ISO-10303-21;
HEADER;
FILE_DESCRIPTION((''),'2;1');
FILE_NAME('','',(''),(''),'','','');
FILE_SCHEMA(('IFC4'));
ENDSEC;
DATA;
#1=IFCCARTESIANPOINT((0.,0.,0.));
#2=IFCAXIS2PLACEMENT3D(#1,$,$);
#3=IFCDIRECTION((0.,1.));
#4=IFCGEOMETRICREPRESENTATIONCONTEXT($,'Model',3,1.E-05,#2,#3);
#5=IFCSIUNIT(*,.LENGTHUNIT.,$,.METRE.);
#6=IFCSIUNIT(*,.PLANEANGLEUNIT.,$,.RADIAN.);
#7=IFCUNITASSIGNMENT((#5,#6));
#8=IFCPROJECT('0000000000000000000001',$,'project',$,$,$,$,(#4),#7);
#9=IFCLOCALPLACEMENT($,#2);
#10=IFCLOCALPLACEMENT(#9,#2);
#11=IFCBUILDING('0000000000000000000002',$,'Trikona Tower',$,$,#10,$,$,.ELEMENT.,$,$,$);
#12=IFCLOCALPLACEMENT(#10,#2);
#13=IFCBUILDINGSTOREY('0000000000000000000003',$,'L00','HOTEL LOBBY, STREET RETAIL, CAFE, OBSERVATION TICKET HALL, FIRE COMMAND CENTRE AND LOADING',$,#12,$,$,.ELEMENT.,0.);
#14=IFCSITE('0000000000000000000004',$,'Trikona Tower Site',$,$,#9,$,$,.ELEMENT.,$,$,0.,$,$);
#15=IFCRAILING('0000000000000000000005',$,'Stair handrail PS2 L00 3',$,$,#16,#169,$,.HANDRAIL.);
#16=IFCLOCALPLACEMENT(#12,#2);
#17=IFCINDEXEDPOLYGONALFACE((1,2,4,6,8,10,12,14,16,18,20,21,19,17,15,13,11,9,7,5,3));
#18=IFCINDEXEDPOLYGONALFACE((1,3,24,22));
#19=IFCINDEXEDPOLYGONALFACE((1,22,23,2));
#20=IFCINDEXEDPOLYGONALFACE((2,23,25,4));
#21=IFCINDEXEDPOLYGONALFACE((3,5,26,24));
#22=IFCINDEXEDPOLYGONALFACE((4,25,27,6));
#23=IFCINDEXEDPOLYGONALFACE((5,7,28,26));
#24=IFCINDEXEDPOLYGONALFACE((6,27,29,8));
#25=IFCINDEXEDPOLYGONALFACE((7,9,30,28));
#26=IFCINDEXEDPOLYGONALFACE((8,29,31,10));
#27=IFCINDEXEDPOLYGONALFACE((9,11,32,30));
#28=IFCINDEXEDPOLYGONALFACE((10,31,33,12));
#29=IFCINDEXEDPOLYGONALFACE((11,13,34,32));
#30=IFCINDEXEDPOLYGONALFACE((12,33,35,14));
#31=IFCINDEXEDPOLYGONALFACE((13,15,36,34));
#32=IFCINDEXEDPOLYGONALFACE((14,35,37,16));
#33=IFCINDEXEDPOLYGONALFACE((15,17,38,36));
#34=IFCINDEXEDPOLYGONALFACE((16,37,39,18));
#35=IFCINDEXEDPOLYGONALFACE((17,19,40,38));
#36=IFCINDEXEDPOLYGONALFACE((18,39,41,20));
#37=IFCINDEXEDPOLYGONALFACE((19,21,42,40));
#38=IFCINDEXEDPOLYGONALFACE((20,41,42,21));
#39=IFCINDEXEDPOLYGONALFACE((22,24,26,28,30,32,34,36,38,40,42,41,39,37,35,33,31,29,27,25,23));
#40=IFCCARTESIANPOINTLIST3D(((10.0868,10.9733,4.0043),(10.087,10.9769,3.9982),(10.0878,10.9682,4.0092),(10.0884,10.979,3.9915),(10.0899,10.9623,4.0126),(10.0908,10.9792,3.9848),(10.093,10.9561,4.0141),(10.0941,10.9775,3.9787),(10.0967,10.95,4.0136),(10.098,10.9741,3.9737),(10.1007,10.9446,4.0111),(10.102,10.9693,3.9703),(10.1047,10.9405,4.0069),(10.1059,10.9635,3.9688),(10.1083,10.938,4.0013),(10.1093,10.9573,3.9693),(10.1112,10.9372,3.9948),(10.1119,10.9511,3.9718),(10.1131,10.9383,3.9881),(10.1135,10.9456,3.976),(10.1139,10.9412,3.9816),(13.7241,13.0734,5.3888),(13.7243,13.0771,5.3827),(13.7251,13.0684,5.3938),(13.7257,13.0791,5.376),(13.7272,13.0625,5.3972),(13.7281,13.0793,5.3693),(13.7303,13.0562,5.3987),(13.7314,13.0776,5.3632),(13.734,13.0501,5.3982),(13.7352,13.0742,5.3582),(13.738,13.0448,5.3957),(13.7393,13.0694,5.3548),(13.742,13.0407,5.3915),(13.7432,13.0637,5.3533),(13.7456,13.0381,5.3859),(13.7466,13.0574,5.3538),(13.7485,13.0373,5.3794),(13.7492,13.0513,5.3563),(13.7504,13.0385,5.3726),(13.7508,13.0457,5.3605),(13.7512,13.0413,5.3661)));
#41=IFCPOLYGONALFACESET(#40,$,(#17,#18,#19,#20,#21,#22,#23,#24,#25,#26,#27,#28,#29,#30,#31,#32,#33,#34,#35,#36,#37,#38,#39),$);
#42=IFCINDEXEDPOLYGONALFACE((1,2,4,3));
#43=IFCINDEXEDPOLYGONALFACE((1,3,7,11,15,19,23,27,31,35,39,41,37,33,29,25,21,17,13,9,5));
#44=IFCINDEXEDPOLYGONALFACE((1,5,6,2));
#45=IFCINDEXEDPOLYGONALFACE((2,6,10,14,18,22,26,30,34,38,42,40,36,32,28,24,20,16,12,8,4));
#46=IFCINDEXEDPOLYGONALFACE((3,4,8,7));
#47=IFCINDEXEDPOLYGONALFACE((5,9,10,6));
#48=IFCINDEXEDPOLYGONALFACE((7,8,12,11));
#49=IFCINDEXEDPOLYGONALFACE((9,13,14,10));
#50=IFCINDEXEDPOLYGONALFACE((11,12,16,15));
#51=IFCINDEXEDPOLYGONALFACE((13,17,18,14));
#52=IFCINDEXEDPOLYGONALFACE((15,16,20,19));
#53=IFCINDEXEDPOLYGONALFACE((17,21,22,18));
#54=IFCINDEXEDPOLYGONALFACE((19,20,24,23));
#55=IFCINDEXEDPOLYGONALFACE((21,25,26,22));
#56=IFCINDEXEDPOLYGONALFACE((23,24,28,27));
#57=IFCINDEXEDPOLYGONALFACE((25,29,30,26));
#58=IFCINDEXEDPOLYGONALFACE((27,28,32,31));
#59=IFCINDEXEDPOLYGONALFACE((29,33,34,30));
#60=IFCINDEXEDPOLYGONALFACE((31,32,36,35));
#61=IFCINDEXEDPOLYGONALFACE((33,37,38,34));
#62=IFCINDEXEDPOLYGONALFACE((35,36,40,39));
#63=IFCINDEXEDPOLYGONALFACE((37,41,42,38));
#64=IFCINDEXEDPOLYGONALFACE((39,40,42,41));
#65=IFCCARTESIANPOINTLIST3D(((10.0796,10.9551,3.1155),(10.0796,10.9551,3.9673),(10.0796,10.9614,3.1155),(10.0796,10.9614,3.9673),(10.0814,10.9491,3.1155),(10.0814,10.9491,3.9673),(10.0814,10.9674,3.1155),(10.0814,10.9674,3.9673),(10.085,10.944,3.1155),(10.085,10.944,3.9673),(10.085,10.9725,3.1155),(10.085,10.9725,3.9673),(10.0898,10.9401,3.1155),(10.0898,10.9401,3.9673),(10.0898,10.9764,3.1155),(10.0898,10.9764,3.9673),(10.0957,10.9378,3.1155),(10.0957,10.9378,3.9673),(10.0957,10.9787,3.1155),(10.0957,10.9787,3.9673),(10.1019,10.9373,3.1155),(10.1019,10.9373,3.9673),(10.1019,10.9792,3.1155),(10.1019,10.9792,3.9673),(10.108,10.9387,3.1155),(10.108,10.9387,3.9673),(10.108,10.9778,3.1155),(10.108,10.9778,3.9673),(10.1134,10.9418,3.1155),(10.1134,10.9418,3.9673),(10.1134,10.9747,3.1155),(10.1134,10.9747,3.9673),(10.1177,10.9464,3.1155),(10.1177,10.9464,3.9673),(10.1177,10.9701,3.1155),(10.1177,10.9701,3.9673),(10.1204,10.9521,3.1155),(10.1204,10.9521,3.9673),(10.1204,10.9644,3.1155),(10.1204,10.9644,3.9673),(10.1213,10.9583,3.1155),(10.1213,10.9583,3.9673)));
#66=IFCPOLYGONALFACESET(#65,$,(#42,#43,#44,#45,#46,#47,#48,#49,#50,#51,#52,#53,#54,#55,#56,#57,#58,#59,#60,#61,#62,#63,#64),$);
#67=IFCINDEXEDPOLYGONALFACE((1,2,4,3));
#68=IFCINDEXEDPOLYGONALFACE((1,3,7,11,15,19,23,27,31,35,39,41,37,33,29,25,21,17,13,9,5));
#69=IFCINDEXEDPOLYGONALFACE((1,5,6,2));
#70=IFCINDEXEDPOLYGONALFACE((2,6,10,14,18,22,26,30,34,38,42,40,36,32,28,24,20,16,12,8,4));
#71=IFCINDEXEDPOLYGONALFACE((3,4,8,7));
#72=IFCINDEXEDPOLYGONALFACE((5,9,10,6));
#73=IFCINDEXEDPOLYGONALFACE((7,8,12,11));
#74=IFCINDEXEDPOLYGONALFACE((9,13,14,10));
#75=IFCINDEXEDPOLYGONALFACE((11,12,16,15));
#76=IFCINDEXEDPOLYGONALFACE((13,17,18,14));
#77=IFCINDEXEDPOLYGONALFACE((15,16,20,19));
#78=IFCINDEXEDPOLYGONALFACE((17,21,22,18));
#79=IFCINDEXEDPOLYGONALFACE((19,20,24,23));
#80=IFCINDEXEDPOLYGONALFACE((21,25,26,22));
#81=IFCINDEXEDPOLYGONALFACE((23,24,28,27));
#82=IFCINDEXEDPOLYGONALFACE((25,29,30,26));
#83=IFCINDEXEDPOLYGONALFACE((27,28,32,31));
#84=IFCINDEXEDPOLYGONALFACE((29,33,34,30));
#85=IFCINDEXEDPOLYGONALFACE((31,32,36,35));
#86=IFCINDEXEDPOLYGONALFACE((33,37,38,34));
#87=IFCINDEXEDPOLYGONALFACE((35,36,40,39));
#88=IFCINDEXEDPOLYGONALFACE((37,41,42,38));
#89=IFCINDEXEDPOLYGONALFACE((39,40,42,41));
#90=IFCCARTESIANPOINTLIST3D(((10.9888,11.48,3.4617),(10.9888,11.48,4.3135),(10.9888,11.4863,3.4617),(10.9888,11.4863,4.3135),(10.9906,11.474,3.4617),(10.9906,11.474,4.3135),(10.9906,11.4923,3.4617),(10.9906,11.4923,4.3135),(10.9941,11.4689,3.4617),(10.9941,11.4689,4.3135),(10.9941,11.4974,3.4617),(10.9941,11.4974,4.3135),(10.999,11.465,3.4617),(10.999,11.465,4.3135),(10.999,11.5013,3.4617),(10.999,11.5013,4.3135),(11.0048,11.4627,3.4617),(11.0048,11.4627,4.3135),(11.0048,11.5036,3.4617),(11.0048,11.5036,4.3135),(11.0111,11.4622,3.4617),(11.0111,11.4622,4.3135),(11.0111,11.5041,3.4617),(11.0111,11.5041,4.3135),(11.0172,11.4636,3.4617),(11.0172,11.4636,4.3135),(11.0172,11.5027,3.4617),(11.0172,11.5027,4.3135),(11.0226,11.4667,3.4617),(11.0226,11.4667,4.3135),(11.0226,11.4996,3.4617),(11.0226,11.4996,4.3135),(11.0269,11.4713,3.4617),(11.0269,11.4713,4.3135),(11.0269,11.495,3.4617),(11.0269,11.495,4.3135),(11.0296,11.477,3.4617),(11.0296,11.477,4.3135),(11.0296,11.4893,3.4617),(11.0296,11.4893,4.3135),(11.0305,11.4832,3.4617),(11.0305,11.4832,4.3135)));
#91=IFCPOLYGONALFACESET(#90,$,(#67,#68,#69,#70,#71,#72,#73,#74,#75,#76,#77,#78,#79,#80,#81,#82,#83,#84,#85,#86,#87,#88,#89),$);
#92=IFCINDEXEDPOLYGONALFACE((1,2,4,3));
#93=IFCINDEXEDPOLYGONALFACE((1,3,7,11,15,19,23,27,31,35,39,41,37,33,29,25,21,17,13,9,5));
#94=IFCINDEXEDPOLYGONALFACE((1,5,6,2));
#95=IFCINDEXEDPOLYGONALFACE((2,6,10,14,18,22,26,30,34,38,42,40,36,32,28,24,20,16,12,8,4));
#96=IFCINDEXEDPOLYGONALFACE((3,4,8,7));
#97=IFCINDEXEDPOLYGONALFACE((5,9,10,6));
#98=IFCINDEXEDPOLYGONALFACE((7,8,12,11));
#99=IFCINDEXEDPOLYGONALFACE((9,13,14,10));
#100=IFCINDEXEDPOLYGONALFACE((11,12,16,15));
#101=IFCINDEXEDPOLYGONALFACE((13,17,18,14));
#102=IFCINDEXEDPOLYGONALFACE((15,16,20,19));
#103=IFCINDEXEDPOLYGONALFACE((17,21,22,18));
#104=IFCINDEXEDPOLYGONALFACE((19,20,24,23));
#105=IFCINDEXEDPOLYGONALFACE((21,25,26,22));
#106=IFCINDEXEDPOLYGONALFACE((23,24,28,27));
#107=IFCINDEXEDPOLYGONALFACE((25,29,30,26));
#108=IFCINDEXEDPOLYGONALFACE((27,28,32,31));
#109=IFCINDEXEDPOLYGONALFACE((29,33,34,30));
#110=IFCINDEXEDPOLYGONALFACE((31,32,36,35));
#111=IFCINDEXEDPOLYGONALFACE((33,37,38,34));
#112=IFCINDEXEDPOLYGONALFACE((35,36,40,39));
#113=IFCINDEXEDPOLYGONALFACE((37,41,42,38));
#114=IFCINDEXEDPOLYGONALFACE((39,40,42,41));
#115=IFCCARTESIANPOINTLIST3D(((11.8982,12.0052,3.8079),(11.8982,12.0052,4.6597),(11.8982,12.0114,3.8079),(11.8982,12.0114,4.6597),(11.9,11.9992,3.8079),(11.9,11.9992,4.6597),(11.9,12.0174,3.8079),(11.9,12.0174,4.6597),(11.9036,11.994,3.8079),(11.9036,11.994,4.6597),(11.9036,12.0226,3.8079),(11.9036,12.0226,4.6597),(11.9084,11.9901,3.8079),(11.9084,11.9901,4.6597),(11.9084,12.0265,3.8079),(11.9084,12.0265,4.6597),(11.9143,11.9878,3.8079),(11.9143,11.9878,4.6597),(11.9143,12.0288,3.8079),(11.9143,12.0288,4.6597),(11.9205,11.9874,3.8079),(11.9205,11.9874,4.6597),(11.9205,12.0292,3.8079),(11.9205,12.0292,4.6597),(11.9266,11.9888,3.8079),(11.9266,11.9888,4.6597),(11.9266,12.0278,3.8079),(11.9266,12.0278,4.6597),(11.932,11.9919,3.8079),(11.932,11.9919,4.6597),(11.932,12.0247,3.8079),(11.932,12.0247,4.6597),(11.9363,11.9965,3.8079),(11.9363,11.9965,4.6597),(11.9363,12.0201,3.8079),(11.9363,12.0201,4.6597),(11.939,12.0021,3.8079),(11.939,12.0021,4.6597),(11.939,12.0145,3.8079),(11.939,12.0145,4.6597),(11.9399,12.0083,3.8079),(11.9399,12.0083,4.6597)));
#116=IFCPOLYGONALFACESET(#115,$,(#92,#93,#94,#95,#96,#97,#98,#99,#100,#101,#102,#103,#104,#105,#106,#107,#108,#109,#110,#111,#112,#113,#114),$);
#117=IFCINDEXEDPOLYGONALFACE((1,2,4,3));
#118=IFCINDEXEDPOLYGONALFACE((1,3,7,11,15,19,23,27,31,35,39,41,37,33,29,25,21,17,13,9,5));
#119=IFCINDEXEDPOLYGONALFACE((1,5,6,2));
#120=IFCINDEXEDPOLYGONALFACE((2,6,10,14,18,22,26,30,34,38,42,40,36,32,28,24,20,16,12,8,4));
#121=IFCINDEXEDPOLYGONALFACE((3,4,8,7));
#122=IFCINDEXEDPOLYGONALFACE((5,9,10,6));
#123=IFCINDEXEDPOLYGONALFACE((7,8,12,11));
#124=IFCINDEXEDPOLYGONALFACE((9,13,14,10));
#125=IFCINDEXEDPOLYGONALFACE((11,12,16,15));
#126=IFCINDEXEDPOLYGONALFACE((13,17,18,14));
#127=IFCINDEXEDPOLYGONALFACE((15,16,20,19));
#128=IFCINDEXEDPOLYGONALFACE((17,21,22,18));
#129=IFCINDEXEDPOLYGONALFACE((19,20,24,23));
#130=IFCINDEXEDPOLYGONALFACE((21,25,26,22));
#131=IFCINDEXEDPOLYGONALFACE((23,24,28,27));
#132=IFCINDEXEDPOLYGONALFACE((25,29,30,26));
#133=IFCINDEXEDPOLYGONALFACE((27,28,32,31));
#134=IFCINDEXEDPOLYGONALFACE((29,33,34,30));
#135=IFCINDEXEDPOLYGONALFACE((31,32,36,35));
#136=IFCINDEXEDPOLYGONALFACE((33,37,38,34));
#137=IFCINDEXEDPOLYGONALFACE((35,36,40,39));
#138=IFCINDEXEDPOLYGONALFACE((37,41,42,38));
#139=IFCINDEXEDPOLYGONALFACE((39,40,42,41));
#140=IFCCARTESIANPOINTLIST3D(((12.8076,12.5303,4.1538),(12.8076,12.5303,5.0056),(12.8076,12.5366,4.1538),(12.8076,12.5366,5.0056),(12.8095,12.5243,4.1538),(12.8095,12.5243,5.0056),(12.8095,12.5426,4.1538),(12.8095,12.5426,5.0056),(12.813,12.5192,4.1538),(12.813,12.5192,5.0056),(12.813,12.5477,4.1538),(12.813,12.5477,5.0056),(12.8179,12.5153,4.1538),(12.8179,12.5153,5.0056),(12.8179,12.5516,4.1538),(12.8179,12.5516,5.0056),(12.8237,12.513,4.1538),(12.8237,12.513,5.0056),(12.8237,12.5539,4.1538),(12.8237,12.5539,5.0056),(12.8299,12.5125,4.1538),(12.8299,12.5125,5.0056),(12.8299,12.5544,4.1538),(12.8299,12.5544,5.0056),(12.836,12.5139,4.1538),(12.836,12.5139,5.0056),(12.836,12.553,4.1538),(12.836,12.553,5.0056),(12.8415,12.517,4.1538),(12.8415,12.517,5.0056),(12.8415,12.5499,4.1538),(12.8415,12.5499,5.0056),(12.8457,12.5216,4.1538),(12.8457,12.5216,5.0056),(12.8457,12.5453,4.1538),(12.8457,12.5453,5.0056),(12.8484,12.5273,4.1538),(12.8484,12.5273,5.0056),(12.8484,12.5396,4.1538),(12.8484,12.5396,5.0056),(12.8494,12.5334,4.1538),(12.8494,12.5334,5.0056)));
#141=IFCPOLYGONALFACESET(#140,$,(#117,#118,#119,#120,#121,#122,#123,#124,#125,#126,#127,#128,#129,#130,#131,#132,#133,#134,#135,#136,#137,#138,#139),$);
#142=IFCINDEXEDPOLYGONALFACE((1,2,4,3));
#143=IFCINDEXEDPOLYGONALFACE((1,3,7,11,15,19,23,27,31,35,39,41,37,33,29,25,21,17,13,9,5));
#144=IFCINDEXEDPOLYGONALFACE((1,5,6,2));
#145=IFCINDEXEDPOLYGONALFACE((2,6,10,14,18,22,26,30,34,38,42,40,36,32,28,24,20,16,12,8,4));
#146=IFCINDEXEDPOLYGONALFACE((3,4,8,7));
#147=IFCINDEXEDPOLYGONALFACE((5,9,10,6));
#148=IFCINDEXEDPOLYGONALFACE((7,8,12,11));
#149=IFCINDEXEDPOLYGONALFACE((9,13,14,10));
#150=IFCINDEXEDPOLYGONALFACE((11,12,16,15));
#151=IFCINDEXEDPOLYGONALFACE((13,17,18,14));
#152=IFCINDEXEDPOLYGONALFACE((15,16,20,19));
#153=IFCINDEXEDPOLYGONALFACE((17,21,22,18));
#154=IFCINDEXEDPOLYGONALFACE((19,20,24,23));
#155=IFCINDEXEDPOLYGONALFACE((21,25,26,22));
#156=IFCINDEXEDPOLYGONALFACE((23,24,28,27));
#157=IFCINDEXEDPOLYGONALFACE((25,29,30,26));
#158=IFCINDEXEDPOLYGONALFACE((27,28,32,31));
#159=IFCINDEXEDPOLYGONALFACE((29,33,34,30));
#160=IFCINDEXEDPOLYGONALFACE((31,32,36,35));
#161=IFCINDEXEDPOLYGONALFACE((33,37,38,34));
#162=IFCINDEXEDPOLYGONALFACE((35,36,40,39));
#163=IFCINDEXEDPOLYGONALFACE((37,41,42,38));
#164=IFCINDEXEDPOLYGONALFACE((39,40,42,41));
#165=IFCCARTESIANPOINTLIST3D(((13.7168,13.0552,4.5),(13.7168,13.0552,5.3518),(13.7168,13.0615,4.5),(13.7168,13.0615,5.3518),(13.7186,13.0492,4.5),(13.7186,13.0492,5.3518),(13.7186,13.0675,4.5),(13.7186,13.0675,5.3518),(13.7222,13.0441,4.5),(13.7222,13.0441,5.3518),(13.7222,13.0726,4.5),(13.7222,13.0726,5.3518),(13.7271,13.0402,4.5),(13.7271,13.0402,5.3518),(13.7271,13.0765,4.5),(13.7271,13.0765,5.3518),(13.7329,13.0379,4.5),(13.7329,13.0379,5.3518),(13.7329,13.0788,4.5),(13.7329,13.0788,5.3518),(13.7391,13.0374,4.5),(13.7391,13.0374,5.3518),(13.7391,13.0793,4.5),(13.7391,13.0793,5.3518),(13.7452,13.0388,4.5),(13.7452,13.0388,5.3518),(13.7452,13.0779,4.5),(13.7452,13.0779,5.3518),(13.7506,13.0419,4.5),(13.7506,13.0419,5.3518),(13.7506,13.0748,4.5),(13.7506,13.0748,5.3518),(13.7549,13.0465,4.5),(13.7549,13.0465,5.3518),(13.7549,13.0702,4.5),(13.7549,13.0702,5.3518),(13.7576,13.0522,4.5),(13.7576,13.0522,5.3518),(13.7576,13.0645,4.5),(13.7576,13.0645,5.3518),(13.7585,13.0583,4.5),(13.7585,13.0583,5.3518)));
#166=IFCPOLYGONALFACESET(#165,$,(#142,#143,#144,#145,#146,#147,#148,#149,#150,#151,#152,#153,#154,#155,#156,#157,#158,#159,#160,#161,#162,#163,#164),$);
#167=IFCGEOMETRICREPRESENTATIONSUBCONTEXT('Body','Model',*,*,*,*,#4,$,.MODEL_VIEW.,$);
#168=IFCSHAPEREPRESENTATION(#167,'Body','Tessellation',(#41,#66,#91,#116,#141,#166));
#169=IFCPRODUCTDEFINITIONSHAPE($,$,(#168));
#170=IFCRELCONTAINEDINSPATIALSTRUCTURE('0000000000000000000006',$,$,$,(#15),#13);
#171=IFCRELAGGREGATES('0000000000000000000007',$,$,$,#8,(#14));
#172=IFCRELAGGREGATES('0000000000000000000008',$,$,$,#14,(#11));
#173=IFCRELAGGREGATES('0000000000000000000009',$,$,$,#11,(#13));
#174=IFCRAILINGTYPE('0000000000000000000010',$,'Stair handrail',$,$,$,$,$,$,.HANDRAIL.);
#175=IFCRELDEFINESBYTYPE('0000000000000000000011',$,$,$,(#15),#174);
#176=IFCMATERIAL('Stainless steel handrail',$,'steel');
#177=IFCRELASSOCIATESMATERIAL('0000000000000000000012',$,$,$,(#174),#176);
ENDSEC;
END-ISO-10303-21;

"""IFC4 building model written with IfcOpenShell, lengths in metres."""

from ifc_helpers import new_model, si_unit, direction, frame, origin, origin_2d, place, context, subcontext, project, spatial, circle, extrude, material, type_object, element, save


model = new_model("IFC4")

# Units and contexts
model_context = context("Model", 3, precision=1e-05, world=origin(), true_north=direction((0.0, 1.0)))
body_context = subcontext(model_context, "Body", "Model", "MODEL_VIEW")
ifc_project = project(units=[si_unit("LENGTHUNIT", "METRE"), si_unit("PLANEANGLEUNIT", "RADIAN")], contexts=[model_context])

# Site, building, storey
site_placement = place(None, origin())
site = spatial("IfcSite", under=ifc_project, at=site_placement, Name="Trikona Tower Site", CompositionType="ELEMENT", RefElevation=0.0)
building_placement = place(site_placement, origin())
building = spatial("IfcBuilding", under=site, at=building_placement, Name="Trikona Tower", CompositionType="ELEMENT")
storey_placement = place(building_placement, origin())
storey = spatial("IfcBuildingStorey", under=building, at=storey_placement, Name="L00", Description="HOTEL LOBBY, STREET RETAIL, CAFE, OBSERVATION TICKET HALL, FIRE COMMAND CENTRE AND LOADING", CompositionType="ELEMENT", Elevation=0.0)

# Railing
ifc_material_1 = material(Name="Stainless steel handrail", Category="steel")
railing_type = type_object("IfcRailingType", Name="Stair handrail", PredefinedType="HANDRAIL", material=ifc_material_1)
for number, where, name in (
    (1, (10.1003, 10.9583, 3.1155), "Stair handrail PS2 L00 3"),
):
    element("IfcRailing", number, at=place(storey_placement, frame(where)), inside=storey, type_object=railing_type, Name=name, PredefinedType="HANDRAIL", context=body_context, shape_type="SweptSolid", body=[
        extrude(circle(Radius=0.0239, at=origin_2d()), frame((0.0, 0.0, 0.876), z_axis=(0.822473, 0.47489, 0.313078), x_axis=(-0.500028, 0.866009, 0.0)), (0.0, 0.0, 1.0), 4.4224),
        extrude(circle(Radius=0.021, at=origin_2d()), origin(), (0.0, 0.0, 1.0), 0.8518),
        extrude(circle(Radius=0.021, at=origin_2d()), frame((0.9092, 0.5249, 0.3462)), (0.0, 0.0, 1.0), 0.8518),
        extrude(circle(Radius=0.021, at=origin_2d()), frame((1.8186, 1.05, 0.6924)), (0.0, 0.0, 1.0), 0.8518),
        extrude(circle(Radius=0.021, at=origin_2d()), frame((2.728, 1.5752, 1.0383)), (0.0, 0.0, 1.0), 0.8518),
        extrude(circle(Radius=0.021, at=origin_2d()), frame((3.6372, 2.1001, 1.3845)), (0.0, 0.0, 1.0), 0.8518),
    ])

save(model, "model.ifc")
